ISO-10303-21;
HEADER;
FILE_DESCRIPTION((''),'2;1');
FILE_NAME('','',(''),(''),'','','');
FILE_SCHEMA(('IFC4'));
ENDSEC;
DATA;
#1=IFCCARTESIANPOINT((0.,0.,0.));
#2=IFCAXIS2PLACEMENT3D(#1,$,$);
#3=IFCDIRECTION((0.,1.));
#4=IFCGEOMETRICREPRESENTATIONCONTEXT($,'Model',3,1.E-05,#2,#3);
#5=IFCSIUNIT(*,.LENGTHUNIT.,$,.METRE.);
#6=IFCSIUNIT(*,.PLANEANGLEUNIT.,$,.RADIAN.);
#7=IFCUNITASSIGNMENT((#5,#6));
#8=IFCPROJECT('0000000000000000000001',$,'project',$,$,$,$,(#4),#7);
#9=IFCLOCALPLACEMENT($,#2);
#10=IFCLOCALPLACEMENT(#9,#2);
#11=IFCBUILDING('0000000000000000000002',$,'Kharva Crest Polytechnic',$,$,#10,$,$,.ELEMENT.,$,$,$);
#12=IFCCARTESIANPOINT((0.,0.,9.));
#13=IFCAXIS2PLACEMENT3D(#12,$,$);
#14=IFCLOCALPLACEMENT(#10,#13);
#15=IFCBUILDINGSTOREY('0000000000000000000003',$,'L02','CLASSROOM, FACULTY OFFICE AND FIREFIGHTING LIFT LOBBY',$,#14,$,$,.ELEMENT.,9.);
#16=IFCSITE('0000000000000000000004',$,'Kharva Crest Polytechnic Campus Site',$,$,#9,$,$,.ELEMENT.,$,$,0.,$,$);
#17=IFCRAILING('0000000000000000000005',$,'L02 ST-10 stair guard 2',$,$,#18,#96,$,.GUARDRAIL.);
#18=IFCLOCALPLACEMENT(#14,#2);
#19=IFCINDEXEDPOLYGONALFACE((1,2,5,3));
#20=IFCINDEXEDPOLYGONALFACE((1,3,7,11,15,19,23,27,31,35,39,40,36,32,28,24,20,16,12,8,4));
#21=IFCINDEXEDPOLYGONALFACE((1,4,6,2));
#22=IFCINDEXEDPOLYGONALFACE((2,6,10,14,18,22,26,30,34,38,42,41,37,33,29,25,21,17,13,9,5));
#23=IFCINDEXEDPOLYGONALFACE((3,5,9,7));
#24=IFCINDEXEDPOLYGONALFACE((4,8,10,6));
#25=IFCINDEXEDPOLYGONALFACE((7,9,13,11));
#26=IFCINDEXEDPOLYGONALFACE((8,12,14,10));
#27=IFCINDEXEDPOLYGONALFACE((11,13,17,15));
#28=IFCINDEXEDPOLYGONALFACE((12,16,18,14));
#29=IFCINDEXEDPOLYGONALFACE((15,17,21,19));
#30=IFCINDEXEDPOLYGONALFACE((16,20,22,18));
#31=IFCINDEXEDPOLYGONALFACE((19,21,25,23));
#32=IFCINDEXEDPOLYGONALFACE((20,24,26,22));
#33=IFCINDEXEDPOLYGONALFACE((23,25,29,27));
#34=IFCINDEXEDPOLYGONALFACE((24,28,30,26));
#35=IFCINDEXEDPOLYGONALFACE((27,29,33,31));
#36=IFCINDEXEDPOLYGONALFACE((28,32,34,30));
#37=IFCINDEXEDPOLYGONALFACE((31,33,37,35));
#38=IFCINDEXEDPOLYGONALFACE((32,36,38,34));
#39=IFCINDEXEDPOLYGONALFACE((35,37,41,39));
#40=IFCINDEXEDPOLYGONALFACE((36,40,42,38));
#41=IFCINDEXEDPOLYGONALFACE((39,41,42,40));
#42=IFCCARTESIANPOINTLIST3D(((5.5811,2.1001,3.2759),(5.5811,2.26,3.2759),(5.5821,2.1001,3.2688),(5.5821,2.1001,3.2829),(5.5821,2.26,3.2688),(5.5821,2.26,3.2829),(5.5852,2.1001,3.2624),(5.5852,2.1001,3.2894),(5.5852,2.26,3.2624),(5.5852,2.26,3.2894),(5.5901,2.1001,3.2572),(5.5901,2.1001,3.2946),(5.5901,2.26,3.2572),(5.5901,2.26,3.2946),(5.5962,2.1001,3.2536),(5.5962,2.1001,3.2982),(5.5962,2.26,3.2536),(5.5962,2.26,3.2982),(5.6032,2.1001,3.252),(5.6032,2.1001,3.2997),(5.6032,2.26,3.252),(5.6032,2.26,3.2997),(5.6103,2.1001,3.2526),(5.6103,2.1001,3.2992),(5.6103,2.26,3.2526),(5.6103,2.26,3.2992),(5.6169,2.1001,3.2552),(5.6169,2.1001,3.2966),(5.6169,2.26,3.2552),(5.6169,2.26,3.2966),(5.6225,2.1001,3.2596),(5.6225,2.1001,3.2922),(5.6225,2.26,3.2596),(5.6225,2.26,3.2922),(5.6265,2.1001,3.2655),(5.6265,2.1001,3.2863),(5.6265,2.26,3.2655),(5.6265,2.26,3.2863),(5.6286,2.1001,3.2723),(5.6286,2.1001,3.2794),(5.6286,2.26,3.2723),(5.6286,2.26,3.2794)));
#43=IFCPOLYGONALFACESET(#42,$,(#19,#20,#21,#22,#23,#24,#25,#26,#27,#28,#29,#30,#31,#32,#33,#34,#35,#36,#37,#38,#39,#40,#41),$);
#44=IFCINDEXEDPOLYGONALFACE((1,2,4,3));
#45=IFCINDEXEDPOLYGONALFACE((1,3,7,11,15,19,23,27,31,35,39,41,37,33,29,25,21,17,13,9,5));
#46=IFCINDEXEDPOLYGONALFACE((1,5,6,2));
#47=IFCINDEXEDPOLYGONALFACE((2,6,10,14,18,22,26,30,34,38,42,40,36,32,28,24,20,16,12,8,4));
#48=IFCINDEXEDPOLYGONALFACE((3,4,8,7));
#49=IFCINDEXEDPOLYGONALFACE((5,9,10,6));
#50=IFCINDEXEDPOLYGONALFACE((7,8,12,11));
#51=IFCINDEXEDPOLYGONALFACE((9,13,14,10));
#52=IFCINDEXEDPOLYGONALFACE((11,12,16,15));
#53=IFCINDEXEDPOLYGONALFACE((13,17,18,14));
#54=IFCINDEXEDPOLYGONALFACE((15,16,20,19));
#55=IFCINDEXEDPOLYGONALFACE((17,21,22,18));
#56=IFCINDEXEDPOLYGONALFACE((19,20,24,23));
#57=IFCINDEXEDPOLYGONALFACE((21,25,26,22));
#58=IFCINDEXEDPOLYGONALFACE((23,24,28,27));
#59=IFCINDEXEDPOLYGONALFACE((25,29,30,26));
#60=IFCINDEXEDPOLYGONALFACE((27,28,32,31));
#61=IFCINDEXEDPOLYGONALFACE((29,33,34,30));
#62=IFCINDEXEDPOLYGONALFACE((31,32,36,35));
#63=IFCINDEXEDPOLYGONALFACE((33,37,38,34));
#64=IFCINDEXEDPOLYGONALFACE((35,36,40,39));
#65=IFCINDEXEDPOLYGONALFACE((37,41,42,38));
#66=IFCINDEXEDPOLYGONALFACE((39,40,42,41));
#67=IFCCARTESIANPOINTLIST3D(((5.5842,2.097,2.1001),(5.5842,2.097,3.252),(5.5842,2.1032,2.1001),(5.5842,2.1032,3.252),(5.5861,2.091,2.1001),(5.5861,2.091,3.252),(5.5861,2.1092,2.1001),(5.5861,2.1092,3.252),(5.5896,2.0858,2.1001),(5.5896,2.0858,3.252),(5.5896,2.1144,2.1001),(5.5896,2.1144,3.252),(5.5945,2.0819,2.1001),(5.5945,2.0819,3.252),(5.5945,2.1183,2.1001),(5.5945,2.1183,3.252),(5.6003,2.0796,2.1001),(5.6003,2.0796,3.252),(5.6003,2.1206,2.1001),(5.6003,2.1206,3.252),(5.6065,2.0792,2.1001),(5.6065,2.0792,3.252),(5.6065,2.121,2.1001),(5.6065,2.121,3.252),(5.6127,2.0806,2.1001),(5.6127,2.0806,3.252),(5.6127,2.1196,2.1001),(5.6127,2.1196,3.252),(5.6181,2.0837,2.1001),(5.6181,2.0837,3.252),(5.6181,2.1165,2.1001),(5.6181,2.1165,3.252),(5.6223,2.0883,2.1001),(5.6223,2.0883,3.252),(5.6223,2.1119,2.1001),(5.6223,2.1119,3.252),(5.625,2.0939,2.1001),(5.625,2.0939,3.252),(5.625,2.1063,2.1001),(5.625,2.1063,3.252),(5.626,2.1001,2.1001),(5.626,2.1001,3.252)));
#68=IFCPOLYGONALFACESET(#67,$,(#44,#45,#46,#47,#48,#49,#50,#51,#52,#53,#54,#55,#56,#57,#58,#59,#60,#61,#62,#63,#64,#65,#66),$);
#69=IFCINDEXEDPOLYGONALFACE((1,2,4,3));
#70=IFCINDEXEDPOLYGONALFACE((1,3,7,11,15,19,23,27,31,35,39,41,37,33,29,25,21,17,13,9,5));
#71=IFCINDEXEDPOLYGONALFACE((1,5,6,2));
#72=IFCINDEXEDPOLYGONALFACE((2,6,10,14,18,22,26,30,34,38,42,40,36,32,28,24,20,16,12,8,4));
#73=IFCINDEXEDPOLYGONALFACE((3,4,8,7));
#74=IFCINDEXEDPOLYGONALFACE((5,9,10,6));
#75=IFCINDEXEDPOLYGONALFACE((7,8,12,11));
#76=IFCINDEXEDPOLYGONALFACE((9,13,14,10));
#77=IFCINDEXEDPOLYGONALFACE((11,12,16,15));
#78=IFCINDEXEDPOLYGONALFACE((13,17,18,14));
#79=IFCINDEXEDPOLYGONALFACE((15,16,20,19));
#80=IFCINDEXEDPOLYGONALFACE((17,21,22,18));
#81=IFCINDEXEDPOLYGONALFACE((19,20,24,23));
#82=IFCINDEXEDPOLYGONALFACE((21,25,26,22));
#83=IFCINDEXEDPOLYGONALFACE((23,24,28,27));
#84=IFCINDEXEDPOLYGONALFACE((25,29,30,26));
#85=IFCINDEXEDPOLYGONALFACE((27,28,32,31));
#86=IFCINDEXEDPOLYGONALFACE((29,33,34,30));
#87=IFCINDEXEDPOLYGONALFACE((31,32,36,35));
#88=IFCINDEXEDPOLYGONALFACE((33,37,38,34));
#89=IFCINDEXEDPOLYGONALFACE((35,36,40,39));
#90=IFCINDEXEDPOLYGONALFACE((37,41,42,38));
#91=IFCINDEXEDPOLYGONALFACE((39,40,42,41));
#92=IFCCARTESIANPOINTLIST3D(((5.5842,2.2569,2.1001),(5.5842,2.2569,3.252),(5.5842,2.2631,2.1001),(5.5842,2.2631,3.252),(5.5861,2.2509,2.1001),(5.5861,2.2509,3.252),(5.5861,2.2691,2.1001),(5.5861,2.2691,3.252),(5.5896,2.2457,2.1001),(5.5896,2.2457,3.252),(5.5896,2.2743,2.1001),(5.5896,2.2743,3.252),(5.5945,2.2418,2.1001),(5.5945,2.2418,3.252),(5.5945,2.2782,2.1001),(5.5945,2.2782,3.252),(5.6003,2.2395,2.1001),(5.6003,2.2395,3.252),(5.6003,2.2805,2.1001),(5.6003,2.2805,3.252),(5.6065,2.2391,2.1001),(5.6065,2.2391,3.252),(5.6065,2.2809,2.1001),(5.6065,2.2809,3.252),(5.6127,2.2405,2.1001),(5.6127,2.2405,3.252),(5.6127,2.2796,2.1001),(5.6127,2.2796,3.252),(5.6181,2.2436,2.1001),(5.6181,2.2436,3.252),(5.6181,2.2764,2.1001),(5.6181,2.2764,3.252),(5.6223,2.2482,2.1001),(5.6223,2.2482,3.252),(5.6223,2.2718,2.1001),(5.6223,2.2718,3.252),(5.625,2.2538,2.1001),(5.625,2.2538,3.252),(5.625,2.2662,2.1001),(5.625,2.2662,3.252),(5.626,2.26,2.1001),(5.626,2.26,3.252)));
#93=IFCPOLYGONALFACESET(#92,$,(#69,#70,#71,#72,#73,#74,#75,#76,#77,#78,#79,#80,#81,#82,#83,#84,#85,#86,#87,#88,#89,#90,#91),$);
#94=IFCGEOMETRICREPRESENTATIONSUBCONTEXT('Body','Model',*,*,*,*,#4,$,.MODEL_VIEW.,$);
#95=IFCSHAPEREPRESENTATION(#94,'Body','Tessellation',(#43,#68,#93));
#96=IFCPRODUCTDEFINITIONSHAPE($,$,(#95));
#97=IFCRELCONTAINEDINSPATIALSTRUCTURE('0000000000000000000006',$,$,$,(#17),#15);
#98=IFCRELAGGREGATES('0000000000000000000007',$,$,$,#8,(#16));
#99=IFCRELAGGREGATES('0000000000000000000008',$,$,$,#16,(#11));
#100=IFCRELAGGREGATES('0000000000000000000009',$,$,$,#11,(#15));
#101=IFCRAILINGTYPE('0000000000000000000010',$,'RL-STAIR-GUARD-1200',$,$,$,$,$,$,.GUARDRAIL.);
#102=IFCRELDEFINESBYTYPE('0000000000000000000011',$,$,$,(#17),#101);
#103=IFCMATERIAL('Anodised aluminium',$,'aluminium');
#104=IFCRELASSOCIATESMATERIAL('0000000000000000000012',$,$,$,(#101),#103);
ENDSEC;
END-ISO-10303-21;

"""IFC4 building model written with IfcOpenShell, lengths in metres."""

from ifc_helpers import new_model, si_unit, direction, frame, origin, origin_2d, place, context, subcontext, project, spatial, circle, extrude, material, type_object, element, save


model = new_model("IFC4")

# Units and contexts
model_context = context("Model", 3, precision=1e-05, world=origin(), true_north=direction((0.0, 1.0)))
body_context = subcontext(model_context, "Body", "Model", "MODEL_VIEW")
ifc_project = project(units=[si_unit("LENGTHUNIT", "METRE"), si_unit("PLANEANGLEUNIT", "RADIAN")], contexts=[model_context])

# Site, building, storey
site_placement = place(None, origin())
site = spatial("IfcSite", under=ifc_project, at=site_placement, Name="Kharva Crest Polytechnic Campus Site", CompositionType="ELEMENT", RefElevation=0.0)
building_placement = place(site_placement, origin())
building = spatial("IfcBuilding", under=site, at=building_placement, Name="Kharva Crest Polytechnic", CompositionType="ELEMENT")
storey_placement = place(building_placement, frame((0.0, 0.0, 9.0)))
storey = spatial("IfcBuildingStorey", under=building, at=storey_placement, Name="L02", Description="CLASSROOM, FACULTY OFFICE AND FIREFIGHTING LIFT LOBBY", CompositionType="ELEMENT", Elevation=9.0)

# Shared definitions
ifc_material_1 = material(Name="Anodised aluminium", Category="aluminium")

# Railing
railing_type_1 = type_object("IfcRailingType", Name="RL-STAIR-GUARD-1200", PredefinedType="GUARDRAIL", material=ifc_material_1)
railing_1_placement = place(storey_placement, frame((5.605, 2.1001, 2.1001)))
element("IfcRailing", 1, at=railing_1_placement, inside=storey, type_object=railing_type_1, Name="L02 ST-10 stair guard 2", PredefinedType="GUARDRAIL", context=body_context, shape_type="SweptSolid", body=[
    extrude(circle(Radius=0.0239, at=origin_2d()), frame((0.0, 0.0, 1.1758), z_axis=(0.0, 1.0, 0.0), x_axis=(-1.0, 0.0, 0.0)), (0.0, 0.0, 1.0), 0.1599),
    extrude(circle(Radius=0.021, at=origin_2d()), origin(), (0.0, 0.0, 1.0), 1.1519),
    extrude(circle(Radius=0.021, at=origin_2d()), frame((0.0, 0.1599, 0.0)), (0.0, 0.0, 1.0), 1.1519),
])

save(model, "model.ifc")
